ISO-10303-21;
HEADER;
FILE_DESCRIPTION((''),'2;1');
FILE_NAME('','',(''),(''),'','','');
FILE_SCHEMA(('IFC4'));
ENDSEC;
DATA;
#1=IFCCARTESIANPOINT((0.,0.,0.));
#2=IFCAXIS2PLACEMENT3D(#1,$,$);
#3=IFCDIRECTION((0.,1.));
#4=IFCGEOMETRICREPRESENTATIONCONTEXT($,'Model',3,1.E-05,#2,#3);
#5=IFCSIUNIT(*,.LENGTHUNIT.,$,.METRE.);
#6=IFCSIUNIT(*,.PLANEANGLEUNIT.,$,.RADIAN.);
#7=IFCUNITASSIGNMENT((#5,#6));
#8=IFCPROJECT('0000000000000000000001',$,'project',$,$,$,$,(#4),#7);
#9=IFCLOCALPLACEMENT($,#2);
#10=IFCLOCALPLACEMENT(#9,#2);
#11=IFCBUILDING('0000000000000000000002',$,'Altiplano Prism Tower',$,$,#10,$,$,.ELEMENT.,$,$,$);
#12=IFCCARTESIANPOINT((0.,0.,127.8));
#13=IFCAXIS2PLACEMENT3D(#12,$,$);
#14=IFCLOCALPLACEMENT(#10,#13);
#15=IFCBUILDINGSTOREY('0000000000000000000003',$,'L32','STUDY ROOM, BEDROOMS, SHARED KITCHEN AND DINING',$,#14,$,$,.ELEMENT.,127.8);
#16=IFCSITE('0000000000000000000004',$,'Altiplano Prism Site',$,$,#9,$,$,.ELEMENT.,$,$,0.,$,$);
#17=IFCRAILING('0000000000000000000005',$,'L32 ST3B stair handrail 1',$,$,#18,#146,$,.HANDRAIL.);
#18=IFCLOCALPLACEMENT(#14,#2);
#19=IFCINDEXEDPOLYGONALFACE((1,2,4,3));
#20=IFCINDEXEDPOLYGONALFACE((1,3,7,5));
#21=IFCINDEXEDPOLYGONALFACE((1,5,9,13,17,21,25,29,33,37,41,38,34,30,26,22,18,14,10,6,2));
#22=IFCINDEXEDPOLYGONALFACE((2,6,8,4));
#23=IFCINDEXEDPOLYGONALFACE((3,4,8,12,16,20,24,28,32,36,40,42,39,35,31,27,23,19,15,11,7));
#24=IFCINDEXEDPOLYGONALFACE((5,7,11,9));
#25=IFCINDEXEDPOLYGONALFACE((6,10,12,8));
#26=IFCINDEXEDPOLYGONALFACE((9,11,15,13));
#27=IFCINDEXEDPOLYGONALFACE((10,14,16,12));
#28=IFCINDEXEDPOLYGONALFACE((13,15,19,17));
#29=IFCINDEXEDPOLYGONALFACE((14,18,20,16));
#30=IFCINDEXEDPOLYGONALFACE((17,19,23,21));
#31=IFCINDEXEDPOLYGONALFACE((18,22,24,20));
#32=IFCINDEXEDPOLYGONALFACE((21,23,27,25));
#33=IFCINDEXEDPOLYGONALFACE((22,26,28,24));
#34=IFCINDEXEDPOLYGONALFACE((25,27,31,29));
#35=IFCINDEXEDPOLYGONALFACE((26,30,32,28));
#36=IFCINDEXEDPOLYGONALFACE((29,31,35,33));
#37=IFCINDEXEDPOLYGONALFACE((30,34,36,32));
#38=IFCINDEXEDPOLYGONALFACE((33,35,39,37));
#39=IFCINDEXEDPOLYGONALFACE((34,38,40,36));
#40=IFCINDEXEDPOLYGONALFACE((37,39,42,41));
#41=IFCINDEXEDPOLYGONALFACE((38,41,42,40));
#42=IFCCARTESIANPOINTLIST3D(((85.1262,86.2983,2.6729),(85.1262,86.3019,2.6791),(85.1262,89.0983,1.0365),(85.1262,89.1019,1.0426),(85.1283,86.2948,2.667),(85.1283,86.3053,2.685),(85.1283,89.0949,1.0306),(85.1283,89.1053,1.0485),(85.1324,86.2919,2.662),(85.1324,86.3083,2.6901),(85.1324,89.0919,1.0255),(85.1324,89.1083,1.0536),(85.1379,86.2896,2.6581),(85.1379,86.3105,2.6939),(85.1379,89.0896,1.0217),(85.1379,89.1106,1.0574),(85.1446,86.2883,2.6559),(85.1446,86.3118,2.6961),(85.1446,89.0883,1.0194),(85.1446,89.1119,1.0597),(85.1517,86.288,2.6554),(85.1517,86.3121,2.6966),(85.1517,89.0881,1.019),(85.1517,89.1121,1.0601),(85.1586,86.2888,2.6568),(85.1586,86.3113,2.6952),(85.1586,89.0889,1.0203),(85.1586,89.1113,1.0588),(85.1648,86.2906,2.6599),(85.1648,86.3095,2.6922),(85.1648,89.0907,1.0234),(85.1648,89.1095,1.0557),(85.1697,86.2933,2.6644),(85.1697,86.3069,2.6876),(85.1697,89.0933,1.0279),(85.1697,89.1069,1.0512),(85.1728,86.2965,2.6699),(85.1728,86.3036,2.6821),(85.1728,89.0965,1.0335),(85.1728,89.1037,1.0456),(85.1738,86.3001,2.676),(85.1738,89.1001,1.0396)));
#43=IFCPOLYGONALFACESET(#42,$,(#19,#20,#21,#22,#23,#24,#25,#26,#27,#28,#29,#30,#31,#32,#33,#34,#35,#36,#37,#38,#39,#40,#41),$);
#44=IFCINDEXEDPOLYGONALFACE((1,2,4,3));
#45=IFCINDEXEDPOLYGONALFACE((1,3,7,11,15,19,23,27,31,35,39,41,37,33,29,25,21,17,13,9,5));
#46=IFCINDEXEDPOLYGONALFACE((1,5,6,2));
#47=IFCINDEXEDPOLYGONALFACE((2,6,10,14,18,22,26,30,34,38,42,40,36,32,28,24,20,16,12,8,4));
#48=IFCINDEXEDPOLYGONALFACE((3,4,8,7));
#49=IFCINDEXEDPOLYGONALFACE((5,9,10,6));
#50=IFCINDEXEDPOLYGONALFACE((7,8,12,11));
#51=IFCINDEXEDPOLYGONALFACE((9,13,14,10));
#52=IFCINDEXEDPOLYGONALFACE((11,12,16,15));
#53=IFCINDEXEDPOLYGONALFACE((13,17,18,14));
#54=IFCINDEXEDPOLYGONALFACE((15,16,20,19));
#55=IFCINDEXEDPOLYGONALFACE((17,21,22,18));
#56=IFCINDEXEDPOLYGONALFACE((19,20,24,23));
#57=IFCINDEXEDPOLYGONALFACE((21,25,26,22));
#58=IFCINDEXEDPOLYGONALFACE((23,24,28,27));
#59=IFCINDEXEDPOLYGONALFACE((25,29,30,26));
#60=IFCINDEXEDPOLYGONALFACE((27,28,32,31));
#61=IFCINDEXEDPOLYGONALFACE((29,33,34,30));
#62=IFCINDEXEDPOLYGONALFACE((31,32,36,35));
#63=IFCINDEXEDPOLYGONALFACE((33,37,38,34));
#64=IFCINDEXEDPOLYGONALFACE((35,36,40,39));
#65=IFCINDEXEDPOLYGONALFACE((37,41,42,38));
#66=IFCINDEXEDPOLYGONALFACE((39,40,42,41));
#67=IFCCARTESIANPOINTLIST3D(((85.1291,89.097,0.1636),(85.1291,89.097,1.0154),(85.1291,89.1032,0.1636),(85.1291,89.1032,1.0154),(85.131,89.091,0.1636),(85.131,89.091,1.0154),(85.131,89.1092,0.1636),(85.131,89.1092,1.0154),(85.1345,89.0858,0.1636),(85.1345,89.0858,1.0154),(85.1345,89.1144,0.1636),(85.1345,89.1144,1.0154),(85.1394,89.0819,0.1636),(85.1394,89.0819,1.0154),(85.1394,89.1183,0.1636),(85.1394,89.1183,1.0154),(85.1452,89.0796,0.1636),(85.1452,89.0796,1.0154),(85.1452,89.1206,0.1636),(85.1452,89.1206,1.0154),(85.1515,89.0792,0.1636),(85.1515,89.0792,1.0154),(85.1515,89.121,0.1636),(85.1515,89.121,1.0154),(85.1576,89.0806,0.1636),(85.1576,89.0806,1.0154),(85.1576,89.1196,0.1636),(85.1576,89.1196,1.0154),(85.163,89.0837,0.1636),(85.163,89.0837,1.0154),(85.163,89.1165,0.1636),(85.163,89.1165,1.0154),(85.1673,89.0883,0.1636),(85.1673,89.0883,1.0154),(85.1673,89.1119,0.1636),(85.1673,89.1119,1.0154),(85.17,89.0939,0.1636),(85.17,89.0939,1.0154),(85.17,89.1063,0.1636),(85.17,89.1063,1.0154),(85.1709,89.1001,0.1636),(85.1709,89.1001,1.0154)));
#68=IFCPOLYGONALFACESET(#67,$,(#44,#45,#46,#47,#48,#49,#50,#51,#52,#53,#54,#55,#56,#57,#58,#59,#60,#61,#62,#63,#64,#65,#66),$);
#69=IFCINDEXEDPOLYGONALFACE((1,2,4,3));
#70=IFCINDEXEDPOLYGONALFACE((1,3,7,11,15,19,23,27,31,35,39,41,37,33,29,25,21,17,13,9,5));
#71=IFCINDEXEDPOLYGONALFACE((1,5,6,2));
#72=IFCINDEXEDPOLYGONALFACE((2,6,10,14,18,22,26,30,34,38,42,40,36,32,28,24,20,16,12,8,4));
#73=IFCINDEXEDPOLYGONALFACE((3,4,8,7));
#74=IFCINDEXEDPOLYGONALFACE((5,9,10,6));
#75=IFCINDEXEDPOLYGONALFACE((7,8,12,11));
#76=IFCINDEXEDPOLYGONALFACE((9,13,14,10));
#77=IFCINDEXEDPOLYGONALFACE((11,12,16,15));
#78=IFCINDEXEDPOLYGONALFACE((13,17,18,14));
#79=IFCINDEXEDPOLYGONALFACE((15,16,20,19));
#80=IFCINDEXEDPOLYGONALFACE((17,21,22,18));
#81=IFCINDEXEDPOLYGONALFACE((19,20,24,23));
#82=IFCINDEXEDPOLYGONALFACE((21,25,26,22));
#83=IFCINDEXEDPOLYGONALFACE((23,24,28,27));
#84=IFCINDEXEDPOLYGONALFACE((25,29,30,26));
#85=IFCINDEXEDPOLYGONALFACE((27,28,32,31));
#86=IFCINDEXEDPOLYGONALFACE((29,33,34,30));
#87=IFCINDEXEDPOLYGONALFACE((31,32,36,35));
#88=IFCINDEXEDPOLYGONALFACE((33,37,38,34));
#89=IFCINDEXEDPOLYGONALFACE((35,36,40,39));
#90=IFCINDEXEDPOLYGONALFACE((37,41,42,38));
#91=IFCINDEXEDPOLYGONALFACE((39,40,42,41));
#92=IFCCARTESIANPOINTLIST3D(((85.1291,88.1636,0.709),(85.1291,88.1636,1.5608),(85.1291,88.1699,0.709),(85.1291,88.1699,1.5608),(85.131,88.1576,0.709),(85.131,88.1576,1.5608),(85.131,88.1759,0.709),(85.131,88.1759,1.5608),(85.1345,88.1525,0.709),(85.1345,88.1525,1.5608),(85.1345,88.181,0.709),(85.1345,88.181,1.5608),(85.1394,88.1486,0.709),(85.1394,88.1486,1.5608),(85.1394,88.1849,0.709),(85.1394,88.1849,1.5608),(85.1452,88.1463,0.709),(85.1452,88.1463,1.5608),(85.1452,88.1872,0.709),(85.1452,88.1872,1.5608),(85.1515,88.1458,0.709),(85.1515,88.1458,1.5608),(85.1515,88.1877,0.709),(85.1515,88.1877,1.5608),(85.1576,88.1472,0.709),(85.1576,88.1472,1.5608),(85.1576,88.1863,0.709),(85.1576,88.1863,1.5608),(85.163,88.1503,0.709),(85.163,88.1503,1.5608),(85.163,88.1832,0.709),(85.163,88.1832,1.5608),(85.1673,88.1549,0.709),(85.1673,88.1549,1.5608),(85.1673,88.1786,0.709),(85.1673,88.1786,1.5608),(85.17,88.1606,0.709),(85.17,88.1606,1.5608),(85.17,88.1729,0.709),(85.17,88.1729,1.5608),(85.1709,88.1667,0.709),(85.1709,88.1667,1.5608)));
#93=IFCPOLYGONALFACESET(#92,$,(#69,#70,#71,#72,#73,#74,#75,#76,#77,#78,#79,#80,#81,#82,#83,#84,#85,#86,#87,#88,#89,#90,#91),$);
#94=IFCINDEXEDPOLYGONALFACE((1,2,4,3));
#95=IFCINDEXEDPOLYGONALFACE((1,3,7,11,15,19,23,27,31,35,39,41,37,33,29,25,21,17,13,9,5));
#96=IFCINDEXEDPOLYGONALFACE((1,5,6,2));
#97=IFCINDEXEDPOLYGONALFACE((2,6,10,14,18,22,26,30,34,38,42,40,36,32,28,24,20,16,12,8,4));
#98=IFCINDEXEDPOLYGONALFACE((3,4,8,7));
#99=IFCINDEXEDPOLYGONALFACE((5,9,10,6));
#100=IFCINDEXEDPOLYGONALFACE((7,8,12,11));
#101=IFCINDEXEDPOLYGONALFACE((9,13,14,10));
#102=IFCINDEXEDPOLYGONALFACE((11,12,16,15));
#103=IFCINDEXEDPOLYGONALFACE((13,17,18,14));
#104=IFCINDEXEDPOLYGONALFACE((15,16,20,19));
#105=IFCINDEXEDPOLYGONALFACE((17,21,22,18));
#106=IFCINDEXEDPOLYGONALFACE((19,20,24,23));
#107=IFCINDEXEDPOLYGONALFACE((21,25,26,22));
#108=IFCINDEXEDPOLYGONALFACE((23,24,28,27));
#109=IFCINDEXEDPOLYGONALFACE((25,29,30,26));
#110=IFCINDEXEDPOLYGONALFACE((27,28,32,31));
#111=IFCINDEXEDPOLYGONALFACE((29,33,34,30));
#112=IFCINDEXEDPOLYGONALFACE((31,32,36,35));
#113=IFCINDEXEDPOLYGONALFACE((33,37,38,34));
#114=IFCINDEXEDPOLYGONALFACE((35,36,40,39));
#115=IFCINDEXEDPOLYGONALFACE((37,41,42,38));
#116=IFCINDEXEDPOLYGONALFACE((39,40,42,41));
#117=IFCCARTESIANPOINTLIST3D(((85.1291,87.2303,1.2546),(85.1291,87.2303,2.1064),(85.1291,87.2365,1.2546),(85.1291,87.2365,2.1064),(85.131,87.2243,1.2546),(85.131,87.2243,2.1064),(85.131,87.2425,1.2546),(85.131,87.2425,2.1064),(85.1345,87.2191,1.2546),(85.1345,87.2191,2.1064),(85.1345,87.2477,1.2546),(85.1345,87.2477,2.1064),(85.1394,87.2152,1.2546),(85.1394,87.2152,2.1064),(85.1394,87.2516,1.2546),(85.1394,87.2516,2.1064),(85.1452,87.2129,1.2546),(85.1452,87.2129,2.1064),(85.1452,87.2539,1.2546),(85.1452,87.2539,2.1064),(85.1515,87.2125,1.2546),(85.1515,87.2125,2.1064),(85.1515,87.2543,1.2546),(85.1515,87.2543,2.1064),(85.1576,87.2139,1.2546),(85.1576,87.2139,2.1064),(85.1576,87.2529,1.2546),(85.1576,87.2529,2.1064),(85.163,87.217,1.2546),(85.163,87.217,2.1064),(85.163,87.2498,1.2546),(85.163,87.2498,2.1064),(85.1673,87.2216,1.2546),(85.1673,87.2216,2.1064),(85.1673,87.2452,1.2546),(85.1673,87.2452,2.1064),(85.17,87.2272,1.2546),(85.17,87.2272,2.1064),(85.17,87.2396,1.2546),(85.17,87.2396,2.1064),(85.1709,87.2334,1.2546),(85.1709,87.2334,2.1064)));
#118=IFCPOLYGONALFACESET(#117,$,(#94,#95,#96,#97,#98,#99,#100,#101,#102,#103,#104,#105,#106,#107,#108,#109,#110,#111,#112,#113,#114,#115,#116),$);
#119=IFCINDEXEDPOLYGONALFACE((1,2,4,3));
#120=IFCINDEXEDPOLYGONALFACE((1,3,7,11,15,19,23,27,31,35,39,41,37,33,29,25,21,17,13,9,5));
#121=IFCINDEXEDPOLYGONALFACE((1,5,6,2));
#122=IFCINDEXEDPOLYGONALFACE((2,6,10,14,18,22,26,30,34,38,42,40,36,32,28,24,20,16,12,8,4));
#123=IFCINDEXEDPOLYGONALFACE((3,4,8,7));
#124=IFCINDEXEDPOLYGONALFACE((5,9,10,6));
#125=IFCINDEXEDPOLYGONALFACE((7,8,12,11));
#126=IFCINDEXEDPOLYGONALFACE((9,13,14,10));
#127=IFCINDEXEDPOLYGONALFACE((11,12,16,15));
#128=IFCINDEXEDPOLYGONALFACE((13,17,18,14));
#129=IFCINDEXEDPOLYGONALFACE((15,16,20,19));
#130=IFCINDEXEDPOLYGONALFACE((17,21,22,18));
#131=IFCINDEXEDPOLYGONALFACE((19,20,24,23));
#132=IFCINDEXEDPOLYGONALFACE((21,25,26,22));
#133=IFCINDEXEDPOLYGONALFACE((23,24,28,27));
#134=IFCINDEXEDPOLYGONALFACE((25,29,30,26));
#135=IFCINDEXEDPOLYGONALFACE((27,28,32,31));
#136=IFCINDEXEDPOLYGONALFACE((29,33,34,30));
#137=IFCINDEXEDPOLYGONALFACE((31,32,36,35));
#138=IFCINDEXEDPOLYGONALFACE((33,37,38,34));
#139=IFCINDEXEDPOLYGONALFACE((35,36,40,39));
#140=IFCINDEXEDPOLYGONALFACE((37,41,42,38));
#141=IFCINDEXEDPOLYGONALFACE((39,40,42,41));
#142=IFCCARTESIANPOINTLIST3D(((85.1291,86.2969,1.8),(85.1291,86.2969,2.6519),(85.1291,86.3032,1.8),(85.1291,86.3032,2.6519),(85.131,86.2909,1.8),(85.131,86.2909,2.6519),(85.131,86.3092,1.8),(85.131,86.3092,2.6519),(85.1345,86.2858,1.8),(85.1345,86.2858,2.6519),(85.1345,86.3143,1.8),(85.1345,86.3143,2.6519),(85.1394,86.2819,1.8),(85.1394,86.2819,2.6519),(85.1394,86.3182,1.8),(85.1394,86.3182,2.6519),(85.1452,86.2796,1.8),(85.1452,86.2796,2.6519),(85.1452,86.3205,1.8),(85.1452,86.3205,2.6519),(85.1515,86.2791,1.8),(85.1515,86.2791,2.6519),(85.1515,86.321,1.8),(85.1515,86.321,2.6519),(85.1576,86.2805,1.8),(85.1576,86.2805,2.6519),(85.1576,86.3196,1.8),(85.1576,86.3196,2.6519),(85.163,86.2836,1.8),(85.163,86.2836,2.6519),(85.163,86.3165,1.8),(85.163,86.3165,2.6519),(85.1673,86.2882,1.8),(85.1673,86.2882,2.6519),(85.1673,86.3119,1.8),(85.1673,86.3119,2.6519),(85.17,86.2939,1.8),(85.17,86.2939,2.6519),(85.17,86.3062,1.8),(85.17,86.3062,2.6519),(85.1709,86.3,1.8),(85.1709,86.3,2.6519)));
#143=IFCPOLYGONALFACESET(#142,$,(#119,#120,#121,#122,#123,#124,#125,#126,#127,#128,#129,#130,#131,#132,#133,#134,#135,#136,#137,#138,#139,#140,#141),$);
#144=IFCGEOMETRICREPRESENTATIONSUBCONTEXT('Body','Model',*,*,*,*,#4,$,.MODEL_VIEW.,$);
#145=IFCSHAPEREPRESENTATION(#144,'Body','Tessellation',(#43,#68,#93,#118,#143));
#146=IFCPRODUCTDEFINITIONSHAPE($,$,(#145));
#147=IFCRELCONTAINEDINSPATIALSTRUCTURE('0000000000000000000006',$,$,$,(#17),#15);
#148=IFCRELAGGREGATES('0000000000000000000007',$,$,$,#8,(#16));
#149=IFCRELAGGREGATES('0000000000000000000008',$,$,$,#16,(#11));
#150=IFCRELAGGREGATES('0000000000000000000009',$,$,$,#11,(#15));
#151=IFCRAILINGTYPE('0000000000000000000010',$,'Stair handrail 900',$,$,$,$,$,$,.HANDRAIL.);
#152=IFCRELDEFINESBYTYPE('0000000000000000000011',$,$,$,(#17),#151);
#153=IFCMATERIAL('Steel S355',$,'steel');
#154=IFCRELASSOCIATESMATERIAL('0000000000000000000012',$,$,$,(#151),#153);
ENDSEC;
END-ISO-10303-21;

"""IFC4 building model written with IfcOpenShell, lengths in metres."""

from ifc_helpers import new_model, si_unit, direction, frame, origin, origin_2d, place, context, subcontext, project, spatial, circle, extrude, material, type_object, element, save


model = new_model("IFC4")

# Units and contexts
model_context = context("Model", 3, precision=1e-05, world=origin(), true_north=direction((0.0, 1.0)))
body_context = subcontext(model_context, "Body", "Model", "MODEL_VIEW")
ifc_project = project(units=[si_unit("LENGTHUNIT", "METRE"), si_unit("PLANEANGLEUNIT", "RADIAN")], contexts=[model_context])

# Site, building, storey
site_placement = place(None, origin())
site = spatial("IfcSite", under=ifc_project, at=site_placement, Name="Altiplano Prism Site", CompositionType="ELEMENT", RefElevation=0.0)
building_placement = place(site_placement, origin())
building = spatial("IfcBuilding", under=site, at=building_placement, Name="Altiplano Prism Tower", CompositionType="ELEMENT")
storey_placement = place(building_placement, frame((0.0, 0.0, 127.8)))
storey = spatial("IfcBuildingStorey", under=building, at=storey_placement, Name="L32", Description="STUDY ROOM, BEDROOMS, SHARED KITCHEN AND DINING", CompositionType="ELEMENT", Elevation=127.8)

# Railing
ifc_material_1 = material(Name="Steel S355", Category="steel")
railing_type_1 = type_object("IfcRailingType", Name="Stair handrail 900", PredefinedType="HANDRAIL", material=ifc_material_1)
for number, where, name in (
    (1, (85.1499, 89.1001, 0.1636), "L32 ST3B stair handrail 1"),
):
    element("IfcRailing", number, at=place(storey_placement, frame(where)), inside=storey, type_object=railing_type_1, Name=name, PredefinedType="HANDRAIL", context=body_context, shape_type="SweptSolid", body=[
        extrude(circle(Radius=0.0239, at=origin_2d()), frame((0.0, 0.0, 0.876), z_axis=(0.0, -0.863361, 0.504587), x_axis=(1.0, 0.0, 0.0)), (0.0, 0.0, 1.0), 3.2432),
        extrude(circle(Radius=0.021, at=origin_2d()), origin(), (0.0, 0.0, 1.0), 0.8518),
        extrude(circle(Radius=0.021, at=origin_2d()), frame((0.0, -0.9333, 0.5454)), (0.0, 0.0, 1.0), 0.8518),
        extrude(circle(Radius=0.021, at=origin_2d()), frame((0.0, -1.8667, 1.0911)), (0.0, 0.0, 1.0), 0.8518),
        extrude(circle(Radius=0.021, at=origin_2d()), frame((0.0, -2.8, 1.6365)), (0.0, 0.0, 1.0), 0.8518),
    ])

save(model, "model.ifc")
